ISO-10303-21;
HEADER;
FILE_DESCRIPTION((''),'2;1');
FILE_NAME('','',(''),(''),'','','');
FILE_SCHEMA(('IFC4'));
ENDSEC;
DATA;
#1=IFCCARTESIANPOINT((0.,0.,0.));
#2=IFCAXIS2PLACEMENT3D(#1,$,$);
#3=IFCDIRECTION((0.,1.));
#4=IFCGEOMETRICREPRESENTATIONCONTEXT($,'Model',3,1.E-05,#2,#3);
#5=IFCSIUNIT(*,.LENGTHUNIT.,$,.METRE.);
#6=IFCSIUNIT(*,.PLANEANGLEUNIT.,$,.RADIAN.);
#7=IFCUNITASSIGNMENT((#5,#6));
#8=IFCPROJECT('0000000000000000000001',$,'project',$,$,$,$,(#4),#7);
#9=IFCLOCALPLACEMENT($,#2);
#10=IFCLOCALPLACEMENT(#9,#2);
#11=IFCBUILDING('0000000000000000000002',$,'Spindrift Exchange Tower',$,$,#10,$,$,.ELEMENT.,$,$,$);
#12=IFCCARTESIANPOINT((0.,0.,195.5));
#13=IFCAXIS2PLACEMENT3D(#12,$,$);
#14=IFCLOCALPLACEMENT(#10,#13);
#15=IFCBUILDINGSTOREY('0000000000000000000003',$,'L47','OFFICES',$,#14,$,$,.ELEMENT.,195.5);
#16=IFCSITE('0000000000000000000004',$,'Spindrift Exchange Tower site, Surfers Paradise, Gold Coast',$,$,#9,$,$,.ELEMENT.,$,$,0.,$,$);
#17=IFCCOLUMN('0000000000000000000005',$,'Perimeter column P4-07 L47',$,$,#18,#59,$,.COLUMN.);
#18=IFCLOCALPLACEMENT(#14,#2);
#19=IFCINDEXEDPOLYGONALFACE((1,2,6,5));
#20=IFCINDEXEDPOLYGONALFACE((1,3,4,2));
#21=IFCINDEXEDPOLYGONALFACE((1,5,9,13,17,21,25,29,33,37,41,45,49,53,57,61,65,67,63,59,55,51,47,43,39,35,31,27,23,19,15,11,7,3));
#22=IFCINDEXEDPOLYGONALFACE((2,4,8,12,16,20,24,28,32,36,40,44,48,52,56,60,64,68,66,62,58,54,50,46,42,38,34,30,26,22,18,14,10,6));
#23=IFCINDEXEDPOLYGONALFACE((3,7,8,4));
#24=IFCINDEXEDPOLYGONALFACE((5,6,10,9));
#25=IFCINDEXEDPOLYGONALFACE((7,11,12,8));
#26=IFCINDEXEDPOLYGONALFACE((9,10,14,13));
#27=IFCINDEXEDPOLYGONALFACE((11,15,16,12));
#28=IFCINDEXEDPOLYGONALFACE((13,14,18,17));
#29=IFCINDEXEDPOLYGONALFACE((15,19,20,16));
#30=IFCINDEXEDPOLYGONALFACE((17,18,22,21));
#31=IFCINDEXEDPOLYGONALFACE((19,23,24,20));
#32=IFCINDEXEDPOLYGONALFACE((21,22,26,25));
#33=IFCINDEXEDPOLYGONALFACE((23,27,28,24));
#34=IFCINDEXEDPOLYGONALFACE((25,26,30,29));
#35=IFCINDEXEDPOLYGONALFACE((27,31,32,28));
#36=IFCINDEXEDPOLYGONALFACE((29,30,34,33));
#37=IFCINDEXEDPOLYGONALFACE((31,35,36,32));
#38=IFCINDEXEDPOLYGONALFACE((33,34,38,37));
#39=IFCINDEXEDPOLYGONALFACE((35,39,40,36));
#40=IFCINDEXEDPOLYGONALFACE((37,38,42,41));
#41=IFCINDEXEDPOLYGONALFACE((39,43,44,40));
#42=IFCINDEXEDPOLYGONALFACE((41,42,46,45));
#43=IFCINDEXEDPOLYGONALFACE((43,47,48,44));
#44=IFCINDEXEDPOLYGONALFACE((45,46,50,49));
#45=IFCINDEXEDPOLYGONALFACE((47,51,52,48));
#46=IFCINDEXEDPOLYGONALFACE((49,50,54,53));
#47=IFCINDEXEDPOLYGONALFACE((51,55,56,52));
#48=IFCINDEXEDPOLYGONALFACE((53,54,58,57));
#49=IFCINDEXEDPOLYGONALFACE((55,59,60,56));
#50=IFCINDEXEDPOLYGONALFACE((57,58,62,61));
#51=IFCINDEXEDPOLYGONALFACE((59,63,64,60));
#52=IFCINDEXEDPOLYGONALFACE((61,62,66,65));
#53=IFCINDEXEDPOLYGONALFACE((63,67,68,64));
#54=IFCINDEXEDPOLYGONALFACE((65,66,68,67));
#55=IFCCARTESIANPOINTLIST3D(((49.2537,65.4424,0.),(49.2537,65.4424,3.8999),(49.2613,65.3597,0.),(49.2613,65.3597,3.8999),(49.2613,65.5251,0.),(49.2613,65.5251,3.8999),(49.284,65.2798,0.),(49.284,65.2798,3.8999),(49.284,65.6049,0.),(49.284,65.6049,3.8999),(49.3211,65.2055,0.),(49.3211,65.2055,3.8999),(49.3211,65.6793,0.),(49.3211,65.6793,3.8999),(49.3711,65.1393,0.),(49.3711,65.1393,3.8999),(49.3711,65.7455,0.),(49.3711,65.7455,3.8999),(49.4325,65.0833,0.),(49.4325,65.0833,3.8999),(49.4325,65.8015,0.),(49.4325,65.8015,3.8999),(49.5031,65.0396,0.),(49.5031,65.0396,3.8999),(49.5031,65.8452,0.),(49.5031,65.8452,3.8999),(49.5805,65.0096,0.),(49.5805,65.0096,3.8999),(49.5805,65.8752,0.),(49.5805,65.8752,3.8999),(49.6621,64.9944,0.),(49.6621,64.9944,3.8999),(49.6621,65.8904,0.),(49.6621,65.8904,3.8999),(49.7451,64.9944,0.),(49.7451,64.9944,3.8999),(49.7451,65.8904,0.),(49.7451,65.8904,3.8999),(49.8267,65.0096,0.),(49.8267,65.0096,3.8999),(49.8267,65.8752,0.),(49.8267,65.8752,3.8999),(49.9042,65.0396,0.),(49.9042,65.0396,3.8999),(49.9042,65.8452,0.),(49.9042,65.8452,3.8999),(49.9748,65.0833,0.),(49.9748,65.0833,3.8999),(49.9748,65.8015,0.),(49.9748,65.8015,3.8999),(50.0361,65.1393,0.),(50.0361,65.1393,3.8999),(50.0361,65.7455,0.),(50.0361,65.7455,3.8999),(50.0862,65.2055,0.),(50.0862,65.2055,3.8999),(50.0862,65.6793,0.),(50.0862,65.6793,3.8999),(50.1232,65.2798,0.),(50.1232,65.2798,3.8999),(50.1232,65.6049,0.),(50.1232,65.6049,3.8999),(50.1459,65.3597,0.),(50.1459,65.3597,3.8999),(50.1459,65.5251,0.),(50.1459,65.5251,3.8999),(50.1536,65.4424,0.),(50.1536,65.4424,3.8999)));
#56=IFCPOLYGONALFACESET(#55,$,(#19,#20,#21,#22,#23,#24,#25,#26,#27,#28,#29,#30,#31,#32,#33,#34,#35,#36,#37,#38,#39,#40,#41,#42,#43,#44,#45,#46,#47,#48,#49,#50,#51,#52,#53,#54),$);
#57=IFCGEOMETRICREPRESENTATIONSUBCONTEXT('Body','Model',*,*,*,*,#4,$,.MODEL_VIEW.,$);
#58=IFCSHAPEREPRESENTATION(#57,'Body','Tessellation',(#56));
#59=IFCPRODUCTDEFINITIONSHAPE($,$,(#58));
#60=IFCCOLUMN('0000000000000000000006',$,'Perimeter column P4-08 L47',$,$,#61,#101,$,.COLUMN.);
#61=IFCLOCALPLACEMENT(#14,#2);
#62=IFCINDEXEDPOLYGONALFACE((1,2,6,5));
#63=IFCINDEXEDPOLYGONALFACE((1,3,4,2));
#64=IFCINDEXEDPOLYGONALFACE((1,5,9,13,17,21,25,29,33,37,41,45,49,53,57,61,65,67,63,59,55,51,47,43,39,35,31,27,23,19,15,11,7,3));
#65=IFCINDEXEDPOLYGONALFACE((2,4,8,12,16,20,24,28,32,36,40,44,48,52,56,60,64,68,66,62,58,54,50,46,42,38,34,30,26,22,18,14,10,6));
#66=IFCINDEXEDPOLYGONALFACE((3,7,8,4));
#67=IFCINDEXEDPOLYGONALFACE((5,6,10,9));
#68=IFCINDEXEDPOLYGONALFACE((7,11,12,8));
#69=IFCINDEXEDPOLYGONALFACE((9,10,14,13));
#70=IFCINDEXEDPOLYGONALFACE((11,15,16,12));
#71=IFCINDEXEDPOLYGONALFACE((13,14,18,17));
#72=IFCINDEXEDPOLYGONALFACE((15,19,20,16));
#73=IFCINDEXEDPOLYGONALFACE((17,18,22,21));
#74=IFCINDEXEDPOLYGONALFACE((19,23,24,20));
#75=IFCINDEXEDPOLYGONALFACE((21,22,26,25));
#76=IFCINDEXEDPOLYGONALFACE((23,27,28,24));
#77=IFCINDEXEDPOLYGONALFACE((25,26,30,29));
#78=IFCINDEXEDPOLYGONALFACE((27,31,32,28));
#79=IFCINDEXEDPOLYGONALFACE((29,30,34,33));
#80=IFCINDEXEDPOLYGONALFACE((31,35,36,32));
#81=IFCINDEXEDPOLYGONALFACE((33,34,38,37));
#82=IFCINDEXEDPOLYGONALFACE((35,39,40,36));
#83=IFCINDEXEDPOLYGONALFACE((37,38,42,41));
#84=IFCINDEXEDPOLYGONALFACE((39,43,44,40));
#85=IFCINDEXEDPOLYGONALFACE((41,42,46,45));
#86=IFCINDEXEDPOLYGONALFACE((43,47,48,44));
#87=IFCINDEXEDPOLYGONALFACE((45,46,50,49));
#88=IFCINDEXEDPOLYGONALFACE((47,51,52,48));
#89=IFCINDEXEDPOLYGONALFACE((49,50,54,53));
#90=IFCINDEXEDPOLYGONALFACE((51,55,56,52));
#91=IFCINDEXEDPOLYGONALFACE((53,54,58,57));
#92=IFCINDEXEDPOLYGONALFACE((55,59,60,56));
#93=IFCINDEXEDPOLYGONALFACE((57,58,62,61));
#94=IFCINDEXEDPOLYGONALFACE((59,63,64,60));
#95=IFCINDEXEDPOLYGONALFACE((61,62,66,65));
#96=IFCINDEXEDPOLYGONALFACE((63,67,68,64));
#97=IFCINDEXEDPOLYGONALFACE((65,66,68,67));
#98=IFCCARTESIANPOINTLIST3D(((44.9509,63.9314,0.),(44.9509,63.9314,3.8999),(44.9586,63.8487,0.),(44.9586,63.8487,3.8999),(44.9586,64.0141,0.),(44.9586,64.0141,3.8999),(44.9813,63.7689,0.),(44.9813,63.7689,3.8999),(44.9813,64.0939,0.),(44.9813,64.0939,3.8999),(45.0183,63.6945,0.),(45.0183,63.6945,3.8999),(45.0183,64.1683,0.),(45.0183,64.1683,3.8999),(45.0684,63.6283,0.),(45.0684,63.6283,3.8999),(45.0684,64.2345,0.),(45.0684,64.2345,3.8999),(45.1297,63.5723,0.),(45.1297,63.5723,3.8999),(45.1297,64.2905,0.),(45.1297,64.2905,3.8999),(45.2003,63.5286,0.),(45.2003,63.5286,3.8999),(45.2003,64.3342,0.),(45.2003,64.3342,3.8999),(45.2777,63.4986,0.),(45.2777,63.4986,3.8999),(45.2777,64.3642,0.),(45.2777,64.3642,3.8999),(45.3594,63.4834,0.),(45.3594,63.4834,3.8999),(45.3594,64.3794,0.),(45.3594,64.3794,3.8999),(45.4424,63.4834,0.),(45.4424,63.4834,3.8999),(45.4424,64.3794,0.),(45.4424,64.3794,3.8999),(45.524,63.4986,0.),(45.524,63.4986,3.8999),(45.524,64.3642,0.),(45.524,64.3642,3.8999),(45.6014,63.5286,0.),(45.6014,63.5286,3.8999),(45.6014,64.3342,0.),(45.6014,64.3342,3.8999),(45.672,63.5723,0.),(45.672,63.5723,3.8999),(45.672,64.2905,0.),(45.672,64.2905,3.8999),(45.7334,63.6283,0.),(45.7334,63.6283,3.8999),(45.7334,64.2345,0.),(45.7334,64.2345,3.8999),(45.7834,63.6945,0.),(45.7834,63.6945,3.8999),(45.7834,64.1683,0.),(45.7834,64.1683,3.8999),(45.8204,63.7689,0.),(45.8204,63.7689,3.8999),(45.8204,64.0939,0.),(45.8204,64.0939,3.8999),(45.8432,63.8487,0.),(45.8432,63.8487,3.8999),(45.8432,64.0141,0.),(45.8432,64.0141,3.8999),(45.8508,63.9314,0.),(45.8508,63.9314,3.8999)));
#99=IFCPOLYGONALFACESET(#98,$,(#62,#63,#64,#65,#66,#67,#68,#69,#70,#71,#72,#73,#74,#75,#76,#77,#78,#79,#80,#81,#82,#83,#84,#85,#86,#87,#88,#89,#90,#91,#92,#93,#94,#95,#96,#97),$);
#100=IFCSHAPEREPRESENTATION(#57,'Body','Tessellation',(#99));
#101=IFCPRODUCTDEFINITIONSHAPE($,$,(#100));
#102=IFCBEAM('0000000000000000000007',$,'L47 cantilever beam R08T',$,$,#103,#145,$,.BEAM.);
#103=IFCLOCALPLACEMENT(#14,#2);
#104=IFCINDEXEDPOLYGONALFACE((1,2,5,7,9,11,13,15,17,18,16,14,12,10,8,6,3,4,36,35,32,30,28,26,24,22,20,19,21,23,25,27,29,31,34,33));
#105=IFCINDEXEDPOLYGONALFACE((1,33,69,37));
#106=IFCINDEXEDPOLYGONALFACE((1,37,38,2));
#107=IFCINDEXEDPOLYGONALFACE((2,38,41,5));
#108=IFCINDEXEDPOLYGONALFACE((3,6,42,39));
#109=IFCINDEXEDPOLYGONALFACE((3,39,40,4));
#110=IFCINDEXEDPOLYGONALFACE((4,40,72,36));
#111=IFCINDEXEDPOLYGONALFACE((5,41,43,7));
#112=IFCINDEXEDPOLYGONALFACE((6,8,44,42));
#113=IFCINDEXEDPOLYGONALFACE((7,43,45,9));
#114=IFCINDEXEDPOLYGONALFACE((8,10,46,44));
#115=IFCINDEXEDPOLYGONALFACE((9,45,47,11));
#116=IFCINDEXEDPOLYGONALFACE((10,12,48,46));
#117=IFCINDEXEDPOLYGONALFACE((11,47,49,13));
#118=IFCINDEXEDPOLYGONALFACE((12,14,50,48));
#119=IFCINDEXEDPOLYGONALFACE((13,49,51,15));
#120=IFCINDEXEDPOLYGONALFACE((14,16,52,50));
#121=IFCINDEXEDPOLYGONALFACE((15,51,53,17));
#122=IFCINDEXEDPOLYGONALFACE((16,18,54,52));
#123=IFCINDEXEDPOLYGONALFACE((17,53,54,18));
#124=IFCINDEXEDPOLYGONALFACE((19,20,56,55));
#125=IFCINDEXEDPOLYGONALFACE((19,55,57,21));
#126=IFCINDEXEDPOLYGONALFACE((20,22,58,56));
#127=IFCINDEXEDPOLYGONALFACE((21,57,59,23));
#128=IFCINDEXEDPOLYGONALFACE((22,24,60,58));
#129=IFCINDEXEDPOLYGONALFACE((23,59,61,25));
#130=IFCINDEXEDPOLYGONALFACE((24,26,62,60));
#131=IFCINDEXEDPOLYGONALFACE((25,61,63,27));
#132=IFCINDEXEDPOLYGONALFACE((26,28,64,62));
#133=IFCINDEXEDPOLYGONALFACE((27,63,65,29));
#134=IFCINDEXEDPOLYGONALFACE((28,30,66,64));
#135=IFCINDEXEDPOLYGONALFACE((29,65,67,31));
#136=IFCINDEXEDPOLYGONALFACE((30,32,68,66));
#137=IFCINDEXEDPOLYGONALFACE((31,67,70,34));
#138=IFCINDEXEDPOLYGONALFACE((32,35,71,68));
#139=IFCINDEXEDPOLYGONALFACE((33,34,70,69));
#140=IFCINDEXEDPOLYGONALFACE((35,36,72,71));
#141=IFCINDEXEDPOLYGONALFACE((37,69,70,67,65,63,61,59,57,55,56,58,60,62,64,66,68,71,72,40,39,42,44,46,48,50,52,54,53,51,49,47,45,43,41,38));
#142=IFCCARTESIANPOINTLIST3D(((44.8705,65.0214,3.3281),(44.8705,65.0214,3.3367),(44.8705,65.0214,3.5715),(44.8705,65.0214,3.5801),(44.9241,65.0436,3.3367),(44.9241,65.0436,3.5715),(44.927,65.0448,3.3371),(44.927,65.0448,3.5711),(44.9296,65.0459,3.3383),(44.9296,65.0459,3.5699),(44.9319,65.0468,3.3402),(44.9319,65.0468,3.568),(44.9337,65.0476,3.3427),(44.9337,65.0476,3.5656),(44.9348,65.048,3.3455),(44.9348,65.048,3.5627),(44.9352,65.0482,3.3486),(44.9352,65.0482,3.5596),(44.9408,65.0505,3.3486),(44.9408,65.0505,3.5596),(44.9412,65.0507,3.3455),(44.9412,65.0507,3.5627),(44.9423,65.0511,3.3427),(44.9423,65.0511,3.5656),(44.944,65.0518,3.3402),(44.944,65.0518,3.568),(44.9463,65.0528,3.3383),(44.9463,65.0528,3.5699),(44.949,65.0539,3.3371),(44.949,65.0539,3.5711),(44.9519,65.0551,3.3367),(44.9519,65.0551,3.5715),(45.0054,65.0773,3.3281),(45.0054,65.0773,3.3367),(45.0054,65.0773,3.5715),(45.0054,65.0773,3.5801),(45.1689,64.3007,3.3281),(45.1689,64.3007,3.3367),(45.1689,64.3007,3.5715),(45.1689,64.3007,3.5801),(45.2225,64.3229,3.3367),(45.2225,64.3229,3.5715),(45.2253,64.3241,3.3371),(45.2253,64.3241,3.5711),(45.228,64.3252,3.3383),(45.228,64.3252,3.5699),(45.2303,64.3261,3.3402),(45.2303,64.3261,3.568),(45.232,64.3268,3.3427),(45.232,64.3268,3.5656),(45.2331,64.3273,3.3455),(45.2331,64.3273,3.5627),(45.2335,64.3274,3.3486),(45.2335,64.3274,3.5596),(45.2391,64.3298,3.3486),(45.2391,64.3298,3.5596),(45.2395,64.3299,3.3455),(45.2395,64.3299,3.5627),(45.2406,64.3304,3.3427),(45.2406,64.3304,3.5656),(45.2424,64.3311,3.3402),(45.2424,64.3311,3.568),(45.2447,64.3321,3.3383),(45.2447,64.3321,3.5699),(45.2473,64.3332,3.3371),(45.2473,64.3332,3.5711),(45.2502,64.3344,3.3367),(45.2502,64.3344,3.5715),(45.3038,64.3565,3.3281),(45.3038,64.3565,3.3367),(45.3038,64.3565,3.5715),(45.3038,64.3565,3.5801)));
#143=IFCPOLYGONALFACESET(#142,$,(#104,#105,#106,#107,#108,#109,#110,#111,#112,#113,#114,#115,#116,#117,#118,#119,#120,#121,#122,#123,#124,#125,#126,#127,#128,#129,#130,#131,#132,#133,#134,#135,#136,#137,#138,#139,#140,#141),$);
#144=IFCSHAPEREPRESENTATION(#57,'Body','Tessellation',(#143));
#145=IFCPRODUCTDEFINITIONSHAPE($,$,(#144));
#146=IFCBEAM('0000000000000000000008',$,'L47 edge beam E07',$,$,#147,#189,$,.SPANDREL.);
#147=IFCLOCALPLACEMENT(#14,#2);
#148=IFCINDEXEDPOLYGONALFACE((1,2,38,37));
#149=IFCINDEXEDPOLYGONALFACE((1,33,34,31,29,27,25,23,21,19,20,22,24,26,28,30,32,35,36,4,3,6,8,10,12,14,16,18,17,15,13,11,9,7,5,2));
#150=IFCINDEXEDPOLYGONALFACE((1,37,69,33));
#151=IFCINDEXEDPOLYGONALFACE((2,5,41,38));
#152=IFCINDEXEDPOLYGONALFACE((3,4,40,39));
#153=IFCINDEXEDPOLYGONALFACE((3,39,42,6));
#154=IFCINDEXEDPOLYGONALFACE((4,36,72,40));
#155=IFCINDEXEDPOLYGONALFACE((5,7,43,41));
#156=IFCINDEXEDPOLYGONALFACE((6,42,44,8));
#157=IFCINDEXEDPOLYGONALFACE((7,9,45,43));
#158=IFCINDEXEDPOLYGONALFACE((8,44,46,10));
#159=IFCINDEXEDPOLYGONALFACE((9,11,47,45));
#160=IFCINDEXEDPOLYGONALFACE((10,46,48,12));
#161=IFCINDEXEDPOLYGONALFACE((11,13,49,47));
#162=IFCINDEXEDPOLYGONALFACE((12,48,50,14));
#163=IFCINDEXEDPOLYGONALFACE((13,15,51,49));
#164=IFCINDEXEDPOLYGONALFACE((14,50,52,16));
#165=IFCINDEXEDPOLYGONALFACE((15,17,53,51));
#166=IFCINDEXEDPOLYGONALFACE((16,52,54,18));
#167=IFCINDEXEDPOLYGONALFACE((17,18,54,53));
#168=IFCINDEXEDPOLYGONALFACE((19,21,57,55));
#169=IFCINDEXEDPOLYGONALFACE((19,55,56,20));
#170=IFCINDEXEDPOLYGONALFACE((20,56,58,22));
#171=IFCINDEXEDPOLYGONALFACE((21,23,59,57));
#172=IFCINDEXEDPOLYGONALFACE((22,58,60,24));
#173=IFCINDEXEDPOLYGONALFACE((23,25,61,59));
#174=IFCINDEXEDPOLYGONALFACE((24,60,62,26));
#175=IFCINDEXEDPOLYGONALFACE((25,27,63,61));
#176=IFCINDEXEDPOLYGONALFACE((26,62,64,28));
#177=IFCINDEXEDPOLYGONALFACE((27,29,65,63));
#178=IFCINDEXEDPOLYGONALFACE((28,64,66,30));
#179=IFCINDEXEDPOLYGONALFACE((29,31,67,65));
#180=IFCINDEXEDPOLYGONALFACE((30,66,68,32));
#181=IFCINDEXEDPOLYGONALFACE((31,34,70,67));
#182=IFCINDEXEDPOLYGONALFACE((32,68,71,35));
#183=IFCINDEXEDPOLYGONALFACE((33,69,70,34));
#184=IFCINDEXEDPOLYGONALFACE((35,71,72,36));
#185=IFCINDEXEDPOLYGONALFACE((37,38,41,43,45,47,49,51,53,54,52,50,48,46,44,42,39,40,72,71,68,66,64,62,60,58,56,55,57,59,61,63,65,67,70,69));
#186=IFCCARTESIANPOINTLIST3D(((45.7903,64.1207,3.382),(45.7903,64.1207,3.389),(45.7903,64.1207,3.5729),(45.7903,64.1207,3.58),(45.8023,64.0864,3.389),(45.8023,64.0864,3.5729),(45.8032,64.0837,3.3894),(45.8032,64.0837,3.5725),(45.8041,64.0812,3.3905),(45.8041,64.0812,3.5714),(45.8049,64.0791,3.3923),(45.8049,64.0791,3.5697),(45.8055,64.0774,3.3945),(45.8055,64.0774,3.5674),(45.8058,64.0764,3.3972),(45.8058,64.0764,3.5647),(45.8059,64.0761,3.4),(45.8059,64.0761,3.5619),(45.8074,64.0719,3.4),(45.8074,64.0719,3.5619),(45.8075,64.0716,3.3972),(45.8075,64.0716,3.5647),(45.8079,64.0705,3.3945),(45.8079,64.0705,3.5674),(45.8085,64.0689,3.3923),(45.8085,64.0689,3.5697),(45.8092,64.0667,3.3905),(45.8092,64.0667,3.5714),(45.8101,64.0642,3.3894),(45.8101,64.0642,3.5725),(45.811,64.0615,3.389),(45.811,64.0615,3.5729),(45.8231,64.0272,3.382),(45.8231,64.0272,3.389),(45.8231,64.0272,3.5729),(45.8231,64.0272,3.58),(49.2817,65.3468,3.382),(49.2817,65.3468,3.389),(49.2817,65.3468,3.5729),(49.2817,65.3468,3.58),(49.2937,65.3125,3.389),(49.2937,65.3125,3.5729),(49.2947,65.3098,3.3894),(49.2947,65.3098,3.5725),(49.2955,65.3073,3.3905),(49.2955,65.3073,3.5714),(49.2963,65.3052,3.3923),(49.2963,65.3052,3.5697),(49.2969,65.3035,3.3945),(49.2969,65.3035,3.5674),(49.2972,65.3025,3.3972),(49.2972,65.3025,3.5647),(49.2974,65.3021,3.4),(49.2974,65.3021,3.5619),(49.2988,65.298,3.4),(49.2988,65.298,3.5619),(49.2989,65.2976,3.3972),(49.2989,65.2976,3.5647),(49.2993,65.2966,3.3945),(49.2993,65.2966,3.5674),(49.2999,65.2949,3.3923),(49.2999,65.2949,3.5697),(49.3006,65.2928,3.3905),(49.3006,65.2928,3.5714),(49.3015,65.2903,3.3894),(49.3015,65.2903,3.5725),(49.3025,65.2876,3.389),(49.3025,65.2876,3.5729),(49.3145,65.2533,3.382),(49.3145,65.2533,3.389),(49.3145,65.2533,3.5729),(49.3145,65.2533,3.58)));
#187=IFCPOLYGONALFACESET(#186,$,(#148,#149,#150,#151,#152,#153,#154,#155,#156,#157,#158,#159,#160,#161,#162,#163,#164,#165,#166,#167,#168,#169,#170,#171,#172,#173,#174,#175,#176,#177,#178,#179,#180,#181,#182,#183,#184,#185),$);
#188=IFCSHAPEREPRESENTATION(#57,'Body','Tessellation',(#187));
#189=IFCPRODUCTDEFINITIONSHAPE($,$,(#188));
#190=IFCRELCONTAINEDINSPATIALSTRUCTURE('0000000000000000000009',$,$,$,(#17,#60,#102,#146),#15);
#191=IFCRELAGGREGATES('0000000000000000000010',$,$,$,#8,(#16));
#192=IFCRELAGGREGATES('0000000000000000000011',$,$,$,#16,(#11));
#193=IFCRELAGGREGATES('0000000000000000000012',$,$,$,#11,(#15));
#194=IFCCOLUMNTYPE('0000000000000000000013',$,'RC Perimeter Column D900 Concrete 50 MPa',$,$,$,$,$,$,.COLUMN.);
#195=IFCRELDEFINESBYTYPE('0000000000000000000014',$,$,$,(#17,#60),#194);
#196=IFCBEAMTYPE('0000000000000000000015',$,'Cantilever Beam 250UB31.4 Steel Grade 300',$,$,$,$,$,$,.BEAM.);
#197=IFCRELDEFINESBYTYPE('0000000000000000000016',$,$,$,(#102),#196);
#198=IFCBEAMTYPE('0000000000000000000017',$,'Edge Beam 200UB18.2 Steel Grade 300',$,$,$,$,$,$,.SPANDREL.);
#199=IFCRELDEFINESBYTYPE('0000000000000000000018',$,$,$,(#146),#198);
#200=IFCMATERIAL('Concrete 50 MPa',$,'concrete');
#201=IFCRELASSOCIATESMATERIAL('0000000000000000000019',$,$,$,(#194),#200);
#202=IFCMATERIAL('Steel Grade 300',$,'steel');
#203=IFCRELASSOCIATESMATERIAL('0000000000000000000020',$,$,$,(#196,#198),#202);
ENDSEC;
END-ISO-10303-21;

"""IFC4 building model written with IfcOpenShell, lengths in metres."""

from ifc_helpers import new_model, si_unit, direction, frame, origin, origin_2d, place, context, subcontext, project, spatial, circle, i_section, extrude, source, transform, mapped, material, material_profile, profile_set, type_object, element, save


model = new_model("IFC4")

# Units and contexts
model_context = context("Model", 3, precision=1e-05, world=origin(), true_north=direction((0.0, 1.0)))
body_context = subcontext(model_context, "Body", "Model", "MODEL_VIEW")
ifc_project = project(units=[si_unit("LENGTHUNIT", "METRE"), si_unit("PLANEANGLEUNIT", "RADIAN")], contexts=[model_context])

# Site, building, storey
site_placement = place(None, origin())
site = spatial("IfcSite", under=ifc_project, at=site_placement, Name="Spindrift Exchange Tower site, Surfers Paradise, Gold Coast", CompositionType="ELEMENT", RefElevation=0.0)
building_placement = place(site_placement, origin())
building = spatial("IfcBuilding", under=site, at=building_placement, Name="Spindrift Exchange Tower", CompositionType="ELEMENT")
storey_placement = place(building_placement, frame((0.0, 0.0, 195.5)))
storey = spatial("IfcBuildingStorey", under=building, at=storey_placement, Name="L47", Description="OFFICES", CompositionType="ELEMENT", Elevation=195.5)

# Columns
ifc_material_1 = material(Name="Concrete 50 MPa", Category="concrete")
ifc_material_profile_1 = material_profile(ifc_material_1, circle(Radius=0.45, at=origin_2d()), Name="RC D900")
ifc_profile_set_1 = profile_set([ifc_material_profile_1], Name="Concrete 50 MPa")
column_type = type_object("IfcColumnType", Name="RC Perimeter Column D900 Concrete 50 MPa", PredefinedType="COLUMN", material=ifc_profile_set_1)
shared_shape_1 = source(origin(), body_context, "Body", "SweptSolid", [
    extrude(circle(Radius=0.45, at=origin_2d()), origin(), (0.0, 0.0, 1.0), 3.8999),
])
for number, where, z_axis, x_axis, name in (
    (1, (49.7036, 65.4424, 0.0), (0.0, 0.0, 1.0), (1.0, 0.0, 0.0), "Perimeter column P4-07 L47"),
    (2, (45.4009, 63.9314, 0.0), (0.0, 0.0, 1.0), (1.0, 0.0, 0.0), "Perimeter column P4-08 L47"),
):
    element("IfcColumn", number, at=place(storey_placement, frame(where, z_axis=z_axis, x_axis=x_axis)), inside=storey, type_object=column_type, Name=name, PredefinedType="COLUMN", context=body_context, shape_type="MappedRepresentation", body=[
        mapped(shared_shape_1, transform((0.0, 0.0, 0.0), scale=1.0)),
    ])

# Beams
ifc_material_2 = material(Name="Steel Grade 300", Category="steel")
ifc_material_profile_2 = material_profile(ifc_material_2, i_section(OverallWidth=0.146, OverallDepth=0.252, WebThickness=0.0061, FlangeThickness=0.0085, FilletRadius=0.012, at=origin_2d()), Name="250UB31.4")
ifc_profile_set_2 = profile_set([ifc_material_profile_2], Name="Steel Grade 300")
beam_type_1 = type_object("IfcBeamType", Name="Cantilever Beam 250UB31.4 Steel Grade 300", PredefinedType="BEAM", material=ifc_profile_set_2)
shared_shape_2 = source(origin(), body_context, "Body", "SweptSolid", [
    extrude(i_section(OverallWidth=0.146, OverallDepth=0.252, WebThickness=0.0061, FlangeThickness=0.0085, FilletRadius=0.012, at=origin_2d()), origin(), (0.0, 0.0, 1.0), 0.78),
])
beam_1_placement = place(storey_placement, frame((45.2363, 64.3286, 3.4541), z_axis=(-0.382481, 0.923963, 0.0), x_axis=(-0.923963, -0.382481, 0.0)))
element("IfcBeam", 3, at=beam_1_placement, inside=storey, type_object=beam_type_1, Name="L47 cantilever beam R08T", PredefinedType="BEAM", context=body_context, shape_type="MappedRepresentation", body=[
    mapped(shared_shape_2, transform((0.0, 0.0, 0.0), scale=1.0)),
])
ifc_material_profile_3 = material_profile(ifc_material_2, i_section(OverallWidth=0.0991, OverallDepth=0.198, WebThickness=0.0044, FlangeThickness=0.0071, FilletRadius=0.011, at=origin_2d()), Name="200UB18.2")
ifc_profile_set_3 = profile_set([ifc_material_profile_3], Name="Steel Grade 300")
beam_type_2 = type_object("IfcBeamType", Name="Edge Beam 200UB18.2 Steel Grade 300", PredefinedType="SPANDREL", material=ifc_profile_set_3)
shared_shape_3 = source(origin(), body_context, "Body", "SweptSolid", [
    extrude(i_section(OverallWidth=0.0991, OverallDepth=0.198, WebThickness=0.0044, FlangeThickness=0.0071, FilletRadius=0.011, at=origin_2d()), origin(), (0.0, 0.0, 1.0), 3.7004),
])
beam_2_placement = place(storey_placement, frame((49.2981, 65.3, 3.481), z_axis=(-0.943515, -0.331329, 0.0), x_axis=(0.331329, -0.943515, 0.0)))
element("IfcBeam", 4, at=beam_2_placement, inside=storey, type_object=beam_type_2, Name="L47 edge beam E07", PredefinedType="SPANDREL", context=body_context, shape_type="MappedRepresentation", body=[
    mapped(shared_shape_3, transform((0.0, 0.0, 0.0), scale=1.0)),
])

save(model, "model.ifc")
